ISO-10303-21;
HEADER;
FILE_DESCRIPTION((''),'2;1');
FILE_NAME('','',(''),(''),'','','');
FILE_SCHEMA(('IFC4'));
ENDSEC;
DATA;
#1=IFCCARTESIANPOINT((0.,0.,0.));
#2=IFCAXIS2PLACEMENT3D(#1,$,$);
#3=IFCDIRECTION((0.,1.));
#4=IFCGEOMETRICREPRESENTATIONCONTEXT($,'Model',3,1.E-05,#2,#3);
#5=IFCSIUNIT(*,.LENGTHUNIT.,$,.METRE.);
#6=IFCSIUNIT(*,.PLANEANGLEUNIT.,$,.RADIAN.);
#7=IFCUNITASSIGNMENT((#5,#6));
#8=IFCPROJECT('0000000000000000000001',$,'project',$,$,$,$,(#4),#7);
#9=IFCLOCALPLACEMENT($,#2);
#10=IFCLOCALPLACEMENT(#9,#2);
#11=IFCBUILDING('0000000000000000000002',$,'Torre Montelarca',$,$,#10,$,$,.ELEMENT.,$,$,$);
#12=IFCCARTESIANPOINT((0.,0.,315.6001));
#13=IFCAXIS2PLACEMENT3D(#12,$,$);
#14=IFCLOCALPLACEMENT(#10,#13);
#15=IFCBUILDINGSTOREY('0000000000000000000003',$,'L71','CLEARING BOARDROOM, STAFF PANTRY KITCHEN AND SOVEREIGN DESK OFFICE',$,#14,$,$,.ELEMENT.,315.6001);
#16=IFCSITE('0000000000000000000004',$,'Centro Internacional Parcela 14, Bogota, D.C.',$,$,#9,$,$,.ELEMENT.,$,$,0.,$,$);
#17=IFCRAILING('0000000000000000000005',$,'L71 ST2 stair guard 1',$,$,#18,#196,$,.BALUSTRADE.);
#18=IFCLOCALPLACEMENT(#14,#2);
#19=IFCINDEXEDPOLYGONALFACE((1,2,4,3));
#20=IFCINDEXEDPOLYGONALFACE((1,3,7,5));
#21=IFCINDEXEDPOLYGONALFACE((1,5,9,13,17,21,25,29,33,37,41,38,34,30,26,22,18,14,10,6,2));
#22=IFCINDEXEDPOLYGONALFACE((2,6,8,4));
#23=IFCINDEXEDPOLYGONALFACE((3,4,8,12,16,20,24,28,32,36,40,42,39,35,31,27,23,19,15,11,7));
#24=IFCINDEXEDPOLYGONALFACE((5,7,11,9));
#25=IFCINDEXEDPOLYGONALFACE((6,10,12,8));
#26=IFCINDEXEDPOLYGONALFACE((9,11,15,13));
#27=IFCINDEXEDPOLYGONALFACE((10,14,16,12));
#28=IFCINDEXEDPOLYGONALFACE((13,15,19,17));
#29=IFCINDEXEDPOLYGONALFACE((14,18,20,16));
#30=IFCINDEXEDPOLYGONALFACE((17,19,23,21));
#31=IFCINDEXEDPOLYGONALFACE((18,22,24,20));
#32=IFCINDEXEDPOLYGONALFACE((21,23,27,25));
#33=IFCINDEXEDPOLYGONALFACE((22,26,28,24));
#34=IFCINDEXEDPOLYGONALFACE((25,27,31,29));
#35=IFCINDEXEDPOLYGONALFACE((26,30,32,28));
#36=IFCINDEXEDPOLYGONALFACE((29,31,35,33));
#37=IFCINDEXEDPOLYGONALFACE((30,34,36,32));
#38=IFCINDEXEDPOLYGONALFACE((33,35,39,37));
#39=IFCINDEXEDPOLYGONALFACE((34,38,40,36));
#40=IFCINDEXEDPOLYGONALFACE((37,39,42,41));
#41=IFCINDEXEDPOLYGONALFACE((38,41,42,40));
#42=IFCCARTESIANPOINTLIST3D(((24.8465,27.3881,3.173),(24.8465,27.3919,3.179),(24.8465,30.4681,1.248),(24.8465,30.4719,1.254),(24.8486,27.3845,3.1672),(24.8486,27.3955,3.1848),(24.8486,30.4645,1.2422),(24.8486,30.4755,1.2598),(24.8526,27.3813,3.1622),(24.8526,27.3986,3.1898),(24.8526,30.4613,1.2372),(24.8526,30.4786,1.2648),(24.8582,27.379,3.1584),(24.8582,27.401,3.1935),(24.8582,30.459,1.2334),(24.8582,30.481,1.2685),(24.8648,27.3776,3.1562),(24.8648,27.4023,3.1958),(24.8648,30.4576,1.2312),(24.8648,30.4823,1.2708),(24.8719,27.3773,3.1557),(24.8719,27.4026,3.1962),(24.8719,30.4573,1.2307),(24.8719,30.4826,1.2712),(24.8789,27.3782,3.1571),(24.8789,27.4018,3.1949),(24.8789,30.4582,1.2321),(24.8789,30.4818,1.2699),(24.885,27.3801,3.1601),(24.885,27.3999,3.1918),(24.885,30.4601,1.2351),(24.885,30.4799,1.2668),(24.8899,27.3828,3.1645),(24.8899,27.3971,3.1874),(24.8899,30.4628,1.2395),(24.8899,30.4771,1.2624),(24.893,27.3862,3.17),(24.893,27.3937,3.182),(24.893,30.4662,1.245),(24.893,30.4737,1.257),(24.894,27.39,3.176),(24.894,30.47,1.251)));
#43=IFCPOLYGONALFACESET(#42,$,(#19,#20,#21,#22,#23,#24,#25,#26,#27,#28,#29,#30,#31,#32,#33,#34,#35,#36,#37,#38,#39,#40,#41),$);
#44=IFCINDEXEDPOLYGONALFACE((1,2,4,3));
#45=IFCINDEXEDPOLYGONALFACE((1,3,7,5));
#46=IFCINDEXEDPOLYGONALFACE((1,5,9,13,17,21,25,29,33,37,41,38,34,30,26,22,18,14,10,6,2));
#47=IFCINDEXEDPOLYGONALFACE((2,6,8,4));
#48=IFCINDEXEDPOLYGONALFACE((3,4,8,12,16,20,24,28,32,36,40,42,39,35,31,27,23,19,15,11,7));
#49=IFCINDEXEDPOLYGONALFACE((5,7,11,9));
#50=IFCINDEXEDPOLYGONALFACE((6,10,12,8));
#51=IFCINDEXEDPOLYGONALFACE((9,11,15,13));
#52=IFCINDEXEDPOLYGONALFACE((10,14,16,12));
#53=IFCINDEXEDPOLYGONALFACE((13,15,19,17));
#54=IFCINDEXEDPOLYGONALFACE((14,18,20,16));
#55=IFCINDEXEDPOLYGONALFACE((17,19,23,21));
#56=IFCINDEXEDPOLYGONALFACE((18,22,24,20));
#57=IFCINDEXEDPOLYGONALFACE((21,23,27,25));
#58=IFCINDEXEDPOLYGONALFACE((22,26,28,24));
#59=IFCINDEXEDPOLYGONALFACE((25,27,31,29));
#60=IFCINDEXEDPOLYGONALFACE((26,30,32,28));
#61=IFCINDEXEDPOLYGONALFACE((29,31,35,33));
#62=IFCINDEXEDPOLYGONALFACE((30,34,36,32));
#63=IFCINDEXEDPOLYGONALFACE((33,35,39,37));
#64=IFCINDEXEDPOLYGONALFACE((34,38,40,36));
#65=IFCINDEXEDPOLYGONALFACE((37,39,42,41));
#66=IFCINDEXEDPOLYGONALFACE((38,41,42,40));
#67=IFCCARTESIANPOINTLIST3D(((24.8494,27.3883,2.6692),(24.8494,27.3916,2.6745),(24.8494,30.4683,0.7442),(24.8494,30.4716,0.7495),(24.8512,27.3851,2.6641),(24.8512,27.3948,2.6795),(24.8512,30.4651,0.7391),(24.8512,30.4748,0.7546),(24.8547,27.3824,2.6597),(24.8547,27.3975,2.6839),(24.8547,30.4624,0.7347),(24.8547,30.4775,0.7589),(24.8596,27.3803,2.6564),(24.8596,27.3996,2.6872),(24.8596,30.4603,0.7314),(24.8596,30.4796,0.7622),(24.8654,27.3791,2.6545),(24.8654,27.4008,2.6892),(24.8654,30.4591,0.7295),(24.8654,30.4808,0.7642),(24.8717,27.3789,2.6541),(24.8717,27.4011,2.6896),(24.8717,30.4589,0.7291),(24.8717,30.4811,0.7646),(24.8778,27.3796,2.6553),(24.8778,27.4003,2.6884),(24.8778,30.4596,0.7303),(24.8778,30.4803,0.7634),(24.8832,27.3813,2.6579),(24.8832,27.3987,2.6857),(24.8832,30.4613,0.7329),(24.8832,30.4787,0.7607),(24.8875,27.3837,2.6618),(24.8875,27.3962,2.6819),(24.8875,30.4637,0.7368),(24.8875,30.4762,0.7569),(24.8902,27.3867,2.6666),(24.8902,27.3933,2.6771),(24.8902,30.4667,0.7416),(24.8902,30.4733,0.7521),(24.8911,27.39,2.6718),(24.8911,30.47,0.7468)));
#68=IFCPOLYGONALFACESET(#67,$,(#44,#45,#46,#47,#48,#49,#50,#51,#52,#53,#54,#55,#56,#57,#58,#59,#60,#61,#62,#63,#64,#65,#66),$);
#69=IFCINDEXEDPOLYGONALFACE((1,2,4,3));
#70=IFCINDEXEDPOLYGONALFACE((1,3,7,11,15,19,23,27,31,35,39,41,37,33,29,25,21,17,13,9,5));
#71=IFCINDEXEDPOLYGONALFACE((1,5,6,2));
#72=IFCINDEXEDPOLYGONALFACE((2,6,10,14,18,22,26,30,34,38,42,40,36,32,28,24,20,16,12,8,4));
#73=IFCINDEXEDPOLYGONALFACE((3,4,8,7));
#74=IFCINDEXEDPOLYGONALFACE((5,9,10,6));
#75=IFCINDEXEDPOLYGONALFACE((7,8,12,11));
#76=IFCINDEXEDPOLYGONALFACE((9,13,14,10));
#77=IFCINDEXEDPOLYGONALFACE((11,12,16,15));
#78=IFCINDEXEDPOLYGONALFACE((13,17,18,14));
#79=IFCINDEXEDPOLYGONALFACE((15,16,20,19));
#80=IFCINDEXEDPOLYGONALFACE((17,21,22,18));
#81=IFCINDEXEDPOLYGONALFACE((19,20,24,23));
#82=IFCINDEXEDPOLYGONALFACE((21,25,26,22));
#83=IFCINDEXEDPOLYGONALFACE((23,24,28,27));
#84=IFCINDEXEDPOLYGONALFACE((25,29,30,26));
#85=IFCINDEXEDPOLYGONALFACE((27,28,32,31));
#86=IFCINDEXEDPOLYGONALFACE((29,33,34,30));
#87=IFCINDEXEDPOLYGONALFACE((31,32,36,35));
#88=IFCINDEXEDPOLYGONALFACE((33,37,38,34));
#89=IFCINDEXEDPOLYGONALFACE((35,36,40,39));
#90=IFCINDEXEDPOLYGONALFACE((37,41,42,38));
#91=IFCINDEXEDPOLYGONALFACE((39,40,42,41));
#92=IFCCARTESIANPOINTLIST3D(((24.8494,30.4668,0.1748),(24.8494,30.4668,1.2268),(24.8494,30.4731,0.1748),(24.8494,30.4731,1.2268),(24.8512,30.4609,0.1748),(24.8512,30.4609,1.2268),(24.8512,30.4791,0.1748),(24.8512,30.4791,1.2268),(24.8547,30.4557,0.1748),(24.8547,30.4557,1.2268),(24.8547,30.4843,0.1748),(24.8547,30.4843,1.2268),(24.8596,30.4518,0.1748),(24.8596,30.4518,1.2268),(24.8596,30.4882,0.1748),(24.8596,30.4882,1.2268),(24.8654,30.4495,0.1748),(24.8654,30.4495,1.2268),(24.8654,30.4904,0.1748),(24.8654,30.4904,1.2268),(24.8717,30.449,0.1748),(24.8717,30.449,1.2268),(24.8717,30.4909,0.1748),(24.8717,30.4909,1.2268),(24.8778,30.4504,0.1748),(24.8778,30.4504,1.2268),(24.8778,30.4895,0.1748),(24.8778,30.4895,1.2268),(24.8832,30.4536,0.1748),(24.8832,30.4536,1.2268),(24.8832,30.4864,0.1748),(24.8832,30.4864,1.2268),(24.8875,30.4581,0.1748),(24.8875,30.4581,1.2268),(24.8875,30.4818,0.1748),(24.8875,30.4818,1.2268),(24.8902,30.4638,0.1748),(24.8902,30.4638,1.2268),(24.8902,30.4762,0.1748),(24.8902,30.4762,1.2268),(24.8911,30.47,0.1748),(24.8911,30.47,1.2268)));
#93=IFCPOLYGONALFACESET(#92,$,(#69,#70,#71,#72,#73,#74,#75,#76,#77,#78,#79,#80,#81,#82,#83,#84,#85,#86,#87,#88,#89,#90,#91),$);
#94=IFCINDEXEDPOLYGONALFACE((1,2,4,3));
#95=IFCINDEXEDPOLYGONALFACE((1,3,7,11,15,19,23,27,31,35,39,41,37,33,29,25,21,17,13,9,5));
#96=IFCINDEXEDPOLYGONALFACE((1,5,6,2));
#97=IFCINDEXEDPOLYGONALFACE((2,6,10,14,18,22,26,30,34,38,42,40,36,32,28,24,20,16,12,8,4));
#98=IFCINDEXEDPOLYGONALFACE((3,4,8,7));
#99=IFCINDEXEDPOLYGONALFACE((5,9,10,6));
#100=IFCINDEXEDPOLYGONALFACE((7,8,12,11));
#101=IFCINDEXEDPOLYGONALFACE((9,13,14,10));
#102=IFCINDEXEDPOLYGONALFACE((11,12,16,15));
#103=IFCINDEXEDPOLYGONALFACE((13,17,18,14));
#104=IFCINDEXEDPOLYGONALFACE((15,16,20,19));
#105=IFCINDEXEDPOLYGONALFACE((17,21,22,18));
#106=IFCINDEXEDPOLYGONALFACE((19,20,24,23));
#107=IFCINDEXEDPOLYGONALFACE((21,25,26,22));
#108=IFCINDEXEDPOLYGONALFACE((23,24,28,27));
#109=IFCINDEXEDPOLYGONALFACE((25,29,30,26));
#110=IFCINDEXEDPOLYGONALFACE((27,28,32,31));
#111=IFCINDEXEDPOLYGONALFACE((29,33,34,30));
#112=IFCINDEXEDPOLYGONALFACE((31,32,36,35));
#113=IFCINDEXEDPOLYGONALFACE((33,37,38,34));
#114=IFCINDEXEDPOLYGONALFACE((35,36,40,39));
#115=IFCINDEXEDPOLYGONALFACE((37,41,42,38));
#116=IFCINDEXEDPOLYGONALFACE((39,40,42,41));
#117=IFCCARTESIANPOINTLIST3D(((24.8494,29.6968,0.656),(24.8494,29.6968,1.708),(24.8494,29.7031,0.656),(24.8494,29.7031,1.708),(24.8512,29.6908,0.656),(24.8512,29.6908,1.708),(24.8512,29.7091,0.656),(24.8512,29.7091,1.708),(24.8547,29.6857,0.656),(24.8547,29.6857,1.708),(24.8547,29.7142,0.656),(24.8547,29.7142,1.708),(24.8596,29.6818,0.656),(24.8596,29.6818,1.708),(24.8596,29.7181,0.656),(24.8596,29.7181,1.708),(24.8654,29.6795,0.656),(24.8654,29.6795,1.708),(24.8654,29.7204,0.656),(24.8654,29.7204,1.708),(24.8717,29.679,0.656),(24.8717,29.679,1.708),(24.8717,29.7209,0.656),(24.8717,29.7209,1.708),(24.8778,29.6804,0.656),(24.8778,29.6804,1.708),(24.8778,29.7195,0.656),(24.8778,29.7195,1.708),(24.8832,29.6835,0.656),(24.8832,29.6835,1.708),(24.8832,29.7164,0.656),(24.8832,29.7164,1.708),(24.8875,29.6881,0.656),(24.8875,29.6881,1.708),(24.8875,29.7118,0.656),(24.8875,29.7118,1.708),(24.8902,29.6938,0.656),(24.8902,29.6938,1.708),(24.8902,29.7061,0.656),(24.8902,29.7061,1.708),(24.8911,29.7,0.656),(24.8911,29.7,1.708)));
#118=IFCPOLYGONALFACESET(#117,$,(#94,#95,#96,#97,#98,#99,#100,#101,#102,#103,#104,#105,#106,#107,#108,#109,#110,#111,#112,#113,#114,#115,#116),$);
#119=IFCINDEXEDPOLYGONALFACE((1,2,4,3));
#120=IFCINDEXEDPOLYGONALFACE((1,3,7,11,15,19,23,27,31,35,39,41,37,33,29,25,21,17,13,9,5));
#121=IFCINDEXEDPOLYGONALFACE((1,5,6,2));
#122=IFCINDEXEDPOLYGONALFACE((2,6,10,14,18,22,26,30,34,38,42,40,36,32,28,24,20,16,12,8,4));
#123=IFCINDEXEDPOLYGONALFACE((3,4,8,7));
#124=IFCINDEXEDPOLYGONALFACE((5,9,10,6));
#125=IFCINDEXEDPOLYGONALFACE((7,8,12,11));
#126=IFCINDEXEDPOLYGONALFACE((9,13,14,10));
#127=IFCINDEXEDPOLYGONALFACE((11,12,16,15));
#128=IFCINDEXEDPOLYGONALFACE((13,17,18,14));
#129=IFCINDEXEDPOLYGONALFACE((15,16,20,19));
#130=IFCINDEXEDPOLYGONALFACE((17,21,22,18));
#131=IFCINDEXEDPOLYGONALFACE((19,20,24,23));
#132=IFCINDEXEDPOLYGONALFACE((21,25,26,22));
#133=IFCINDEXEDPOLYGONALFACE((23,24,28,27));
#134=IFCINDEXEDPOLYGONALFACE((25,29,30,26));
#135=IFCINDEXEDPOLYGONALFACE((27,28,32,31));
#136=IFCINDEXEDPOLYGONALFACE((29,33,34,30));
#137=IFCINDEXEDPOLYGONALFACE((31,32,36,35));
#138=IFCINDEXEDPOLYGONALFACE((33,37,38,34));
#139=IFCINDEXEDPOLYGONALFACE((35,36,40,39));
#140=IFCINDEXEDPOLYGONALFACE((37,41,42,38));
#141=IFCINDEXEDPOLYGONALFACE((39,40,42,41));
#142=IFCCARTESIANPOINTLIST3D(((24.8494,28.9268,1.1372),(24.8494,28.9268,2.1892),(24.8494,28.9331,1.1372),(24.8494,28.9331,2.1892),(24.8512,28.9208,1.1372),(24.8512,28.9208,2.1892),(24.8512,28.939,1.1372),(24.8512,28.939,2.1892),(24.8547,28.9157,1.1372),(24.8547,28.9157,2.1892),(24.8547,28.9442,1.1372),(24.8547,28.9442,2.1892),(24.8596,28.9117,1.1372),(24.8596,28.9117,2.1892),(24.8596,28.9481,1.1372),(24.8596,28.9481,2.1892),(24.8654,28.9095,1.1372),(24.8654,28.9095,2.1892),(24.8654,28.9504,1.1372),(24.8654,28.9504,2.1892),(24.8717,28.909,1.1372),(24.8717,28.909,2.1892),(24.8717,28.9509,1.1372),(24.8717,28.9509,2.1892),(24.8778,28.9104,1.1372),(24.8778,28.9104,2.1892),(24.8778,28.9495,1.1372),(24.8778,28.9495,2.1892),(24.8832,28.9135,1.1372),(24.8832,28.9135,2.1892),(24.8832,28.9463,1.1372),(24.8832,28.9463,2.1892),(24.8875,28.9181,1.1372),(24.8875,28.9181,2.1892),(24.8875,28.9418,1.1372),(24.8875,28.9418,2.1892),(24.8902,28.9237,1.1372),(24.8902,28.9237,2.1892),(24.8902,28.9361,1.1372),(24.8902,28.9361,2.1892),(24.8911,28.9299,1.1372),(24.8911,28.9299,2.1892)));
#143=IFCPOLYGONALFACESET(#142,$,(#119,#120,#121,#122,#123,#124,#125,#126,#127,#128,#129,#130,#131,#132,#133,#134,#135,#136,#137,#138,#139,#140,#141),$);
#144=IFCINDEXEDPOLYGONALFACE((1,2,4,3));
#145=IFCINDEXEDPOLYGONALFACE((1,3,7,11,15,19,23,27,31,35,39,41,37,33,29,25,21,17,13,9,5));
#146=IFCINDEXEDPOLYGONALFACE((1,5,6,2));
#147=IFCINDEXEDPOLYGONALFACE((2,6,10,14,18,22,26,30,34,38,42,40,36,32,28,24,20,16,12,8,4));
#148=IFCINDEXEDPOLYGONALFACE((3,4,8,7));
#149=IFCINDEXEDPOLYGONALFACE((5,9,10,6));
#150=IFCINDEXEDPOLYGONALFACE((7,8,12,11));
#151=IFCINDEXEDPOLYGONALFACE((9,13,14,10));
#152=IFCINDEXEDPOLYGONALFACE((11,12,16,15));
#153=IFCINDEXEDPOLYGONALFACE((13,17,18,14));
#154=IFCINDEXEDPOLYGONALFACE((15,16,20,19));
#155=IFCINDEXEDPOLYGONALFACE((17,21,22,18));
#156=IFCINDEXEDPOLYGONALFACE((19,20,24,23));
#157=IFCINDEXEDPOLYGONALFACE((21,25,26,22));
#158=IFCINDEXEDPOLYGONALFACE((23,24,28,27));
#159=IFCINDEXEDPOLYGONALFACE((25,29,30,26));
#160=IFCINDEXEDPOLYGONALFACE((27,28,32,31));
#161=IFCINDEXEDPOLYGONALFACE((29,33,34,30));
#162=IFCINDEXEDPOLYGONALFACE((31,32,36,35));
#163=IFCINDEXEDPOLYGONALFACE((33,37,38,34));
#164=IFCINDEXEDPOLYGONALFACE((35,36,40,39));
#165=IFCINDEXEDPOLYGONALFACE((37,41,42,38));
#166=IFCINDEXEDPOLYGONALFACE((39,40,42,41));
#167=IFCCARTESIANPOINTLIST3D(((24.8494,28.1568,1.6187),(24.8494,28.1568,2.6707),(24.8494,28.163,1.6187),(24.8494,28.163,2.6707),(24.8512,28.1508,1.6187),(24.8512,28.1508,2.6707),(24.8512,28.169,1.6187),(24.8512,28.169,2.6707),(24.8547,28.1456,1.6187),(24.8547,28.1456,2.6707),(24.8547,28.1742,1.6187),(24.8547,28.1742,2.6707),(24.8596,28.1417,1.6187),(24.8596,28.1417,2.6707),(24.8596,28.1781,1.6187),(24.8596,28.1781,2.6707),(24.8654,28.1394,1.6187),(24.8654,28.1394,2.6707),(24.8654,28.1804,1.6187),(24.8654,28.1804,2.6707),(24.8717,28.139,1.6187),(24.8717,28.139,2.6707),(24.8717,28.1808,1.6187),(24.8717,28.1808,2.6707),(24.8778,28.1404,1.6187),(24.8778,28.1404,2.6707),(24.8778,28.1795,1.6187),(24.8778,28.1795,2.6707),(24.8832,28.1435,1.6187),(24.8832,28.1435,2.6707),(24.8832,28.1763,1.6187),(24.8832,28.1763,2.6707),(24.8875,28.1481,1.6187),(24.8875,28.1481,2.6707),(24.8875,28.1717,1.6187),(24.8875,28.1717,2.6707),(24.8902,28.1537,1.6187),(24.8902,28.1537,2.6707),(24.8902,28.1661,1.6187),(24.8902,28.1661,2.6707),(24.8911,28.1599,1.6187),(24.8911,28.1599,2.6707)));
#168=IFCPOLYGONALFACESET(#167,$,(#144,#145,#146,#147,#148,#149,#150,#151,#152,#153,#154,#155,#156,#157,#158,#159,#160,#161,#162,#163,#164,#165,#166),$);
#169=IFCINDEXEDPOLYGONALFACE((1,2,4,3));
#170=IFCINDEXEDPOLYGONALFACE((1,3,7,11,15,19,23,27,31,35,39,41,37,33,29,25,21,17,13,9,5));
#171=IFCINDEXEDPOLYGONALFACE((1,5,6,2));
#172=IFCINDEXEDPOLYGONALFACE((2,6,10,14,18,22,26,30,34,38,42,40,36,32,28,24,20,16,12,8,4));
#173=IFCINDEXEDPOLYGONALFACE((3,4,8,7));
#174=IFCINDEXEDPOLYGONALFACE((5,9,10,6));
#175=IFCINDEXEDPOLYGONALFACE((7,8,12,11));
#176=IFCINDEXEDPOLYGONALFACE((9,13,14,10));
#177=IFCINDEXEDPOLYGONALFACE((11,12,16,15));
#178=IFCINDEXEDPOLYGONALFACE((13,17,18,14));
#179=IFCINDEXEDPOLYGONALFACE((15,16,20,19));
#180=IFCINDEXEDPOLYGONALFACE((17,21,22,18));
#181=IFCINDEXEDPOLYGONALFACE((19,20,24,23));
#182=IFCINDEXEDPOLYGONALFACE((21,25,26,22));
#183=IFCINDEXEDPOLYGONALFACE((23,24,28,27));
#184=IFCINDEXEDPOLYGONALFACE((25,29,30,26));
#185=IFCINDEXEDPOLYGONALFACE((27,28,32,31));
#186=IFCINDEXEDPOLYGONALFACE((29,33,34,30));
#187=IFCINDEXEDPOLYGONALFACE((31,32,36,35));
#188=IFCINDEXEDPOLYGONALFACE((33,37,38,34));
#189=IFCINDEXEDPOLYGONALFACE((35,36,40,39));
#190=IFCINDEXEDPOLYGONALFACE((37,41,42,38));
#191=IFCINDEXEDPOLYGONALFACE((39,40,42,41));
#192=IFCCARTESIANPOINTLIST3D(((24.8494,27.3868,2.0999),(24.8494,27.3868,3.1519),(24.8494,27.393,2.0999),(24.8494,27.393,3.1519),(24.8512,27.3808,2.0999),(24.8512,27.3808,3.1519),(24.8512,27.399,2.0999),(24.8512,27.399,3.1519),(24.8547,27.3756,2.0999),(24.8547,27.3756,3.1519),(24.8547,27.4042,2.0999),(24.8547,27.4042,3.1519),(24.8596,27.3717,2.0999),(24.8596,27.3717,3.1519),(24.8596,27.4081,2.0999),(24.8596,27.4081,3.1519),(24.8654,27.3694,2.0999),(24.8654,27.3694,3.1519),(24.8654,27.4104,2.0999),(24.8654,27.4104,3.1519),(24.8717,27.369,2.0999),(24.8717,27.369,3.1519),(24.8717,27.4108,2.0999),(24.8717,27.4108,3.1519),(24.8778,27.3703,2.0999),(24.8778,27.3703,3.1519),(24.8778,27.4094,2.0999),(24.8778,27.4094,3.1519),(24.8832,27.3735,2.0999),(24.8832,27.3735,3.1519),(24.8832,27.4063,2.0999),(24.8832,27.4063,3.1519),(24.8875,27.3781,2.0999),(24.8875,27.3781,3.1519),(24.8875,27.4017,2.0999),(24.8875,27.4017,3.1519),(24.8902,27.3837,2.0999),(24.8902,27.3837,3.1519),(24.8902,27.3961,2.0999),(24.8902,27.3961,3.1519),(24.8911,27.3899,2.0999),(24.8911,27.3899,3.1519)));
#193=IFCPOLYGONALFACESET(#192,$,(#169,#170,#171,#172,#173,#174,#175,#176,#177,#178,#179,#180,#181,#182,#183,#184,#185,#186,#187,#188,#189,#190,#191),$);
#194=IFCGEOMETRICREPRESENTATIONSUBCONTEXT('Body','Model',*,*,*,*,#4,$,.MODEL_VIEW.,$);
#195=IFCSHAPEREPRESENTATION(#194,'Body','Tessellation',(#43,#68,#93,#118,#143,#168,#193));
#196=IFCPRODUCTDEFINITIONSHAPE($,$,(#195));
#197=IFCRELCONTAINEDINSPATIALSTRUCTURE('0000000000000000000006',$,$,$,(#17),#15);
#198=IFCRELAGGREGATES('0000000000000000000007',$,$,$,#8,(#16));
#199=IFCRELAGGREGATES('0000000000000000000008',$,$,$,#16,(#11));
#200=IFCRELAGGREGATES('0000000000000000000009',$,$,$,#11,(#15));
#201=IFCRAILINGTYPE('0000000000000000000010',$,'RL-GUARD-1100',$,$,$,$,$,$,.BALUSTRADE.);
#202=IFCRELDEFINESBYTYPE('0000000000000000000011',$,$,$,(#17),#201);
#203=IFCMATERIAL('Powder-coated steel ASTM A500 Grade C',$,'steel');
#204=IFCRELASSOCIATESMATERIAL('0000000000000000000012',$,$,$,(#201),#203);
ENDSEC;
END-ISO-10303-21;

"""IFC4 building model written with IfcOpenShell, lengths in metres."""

from ifc_helpers import new_model, si_unit, direction, frame, origin, origin_2d, place, context, subcontext, project, spatial, circle, extrude, material, type_object, element, save


model = new_model("IFC4")

# Units and contexts
model_context = context("Model", 3, precision=1e-05, world=origin(), true_north=direction((0.0, 1.0)))
body_context = subcontext(model_context, "Body", "Model", "MODEL_VIEW")
ifc_project = project(units=[si_unit("LENGTHUNIT", "METRE"), si_unit("PLANEANGLEUNIT", "RADIAN")], contexts=[model_context])

# Site, building, storey
site_placement = place(None, origin())
site = spatial("IfcSite", under=ifc_project, at=site_placement, Name="Centro Internacional Parcela 14, Bogota, D.C.", CompositionType="ELEMENT", RefElevation=0.0)
building_placement = place(site_placement, origin())
building = spatial("IfcBuilding", under=site, at=building_placement, Name="Torre Montelarca", CompositionType="ELEMENT")
storey_placement = place(building_placement, frame((0.0, 0.0, 315.6001)))
storey = spatial("IfcBuildingStorey", under=building, at=storey_placement, Name="L71", Description="CLEARING BOARDROOM, STAFF PANTRY KITCHEN AND SOVEREIGN DESK OFFICE", CompositionType="ELEMENT", Elevation=315.6001)

# Railing
ifc_material_1 = material(Name="Powder-coated steel ASTM A500 Grade C", Category="steel")
railing_type_1 = type_object("IfcRailingType", Name="RL-GUARD-1100", PredefinedType="BALUSTRADE", material=ifc_material_1)
railing_1_placement = place(storey_placement, frame((24.8701, 30.47, 0.1748)))
element("IfcRailing", 1, at=railing_1_placement, inside=storey, type_object=railing_type_1, Name="L71 ST2 stair guard 1", PredefinedType="BALUSTRADE", context=body_context, shape_type="SweptSolid", body=[
    extrude(circle(Radius=0.0239, at=origin_2d()), frame((0.0, 0.0, 1.0762), z_axis=(0.0, -0.847998, 0.529999), x_axis=(1.0, 0.0, 0.0)), (0.0, 0.0, 1.0), 3.6321),
    extrude(circle(Radius=0.021, at=origin_2d()), frame((0.0, 0.0, 0.572), z_axis=(0.0, -0.847998, 0.529999), x_axis=(1.0, 0.0, 0.0)), (0.0, 0.0, 1.0), 3.6321),
    extrude(circle(Radius=0.021, at=origin_2d()), origin(), (0.0, 0.0, 1.0), 1.052),
    extrude(circle(Radius=0.021, at=origin_2d()), frame((0.0, -0.77, 0.4812)), (0.0, 0.0, 1.0), 1.052),
    extrude(circle(Radius=0.021, at=origin_2d()), frame((0.0, -1.54, 0.9624)), (0.0, 0.0, 1.0), 1.052),
    extrude(circle(Radius=0.021, at=origin_2d()), frame((0.0, -2.3101, 1.4438)), (0.0, 0.0, 1.0), 1.052),
    extrude(circle(Radius=0.021, at=origin_2d()), frame((0.0, -3.0801, 1.925)), (0.0, 0.0, 1.0), 1.052),
])

save(model, "model.ifc")
